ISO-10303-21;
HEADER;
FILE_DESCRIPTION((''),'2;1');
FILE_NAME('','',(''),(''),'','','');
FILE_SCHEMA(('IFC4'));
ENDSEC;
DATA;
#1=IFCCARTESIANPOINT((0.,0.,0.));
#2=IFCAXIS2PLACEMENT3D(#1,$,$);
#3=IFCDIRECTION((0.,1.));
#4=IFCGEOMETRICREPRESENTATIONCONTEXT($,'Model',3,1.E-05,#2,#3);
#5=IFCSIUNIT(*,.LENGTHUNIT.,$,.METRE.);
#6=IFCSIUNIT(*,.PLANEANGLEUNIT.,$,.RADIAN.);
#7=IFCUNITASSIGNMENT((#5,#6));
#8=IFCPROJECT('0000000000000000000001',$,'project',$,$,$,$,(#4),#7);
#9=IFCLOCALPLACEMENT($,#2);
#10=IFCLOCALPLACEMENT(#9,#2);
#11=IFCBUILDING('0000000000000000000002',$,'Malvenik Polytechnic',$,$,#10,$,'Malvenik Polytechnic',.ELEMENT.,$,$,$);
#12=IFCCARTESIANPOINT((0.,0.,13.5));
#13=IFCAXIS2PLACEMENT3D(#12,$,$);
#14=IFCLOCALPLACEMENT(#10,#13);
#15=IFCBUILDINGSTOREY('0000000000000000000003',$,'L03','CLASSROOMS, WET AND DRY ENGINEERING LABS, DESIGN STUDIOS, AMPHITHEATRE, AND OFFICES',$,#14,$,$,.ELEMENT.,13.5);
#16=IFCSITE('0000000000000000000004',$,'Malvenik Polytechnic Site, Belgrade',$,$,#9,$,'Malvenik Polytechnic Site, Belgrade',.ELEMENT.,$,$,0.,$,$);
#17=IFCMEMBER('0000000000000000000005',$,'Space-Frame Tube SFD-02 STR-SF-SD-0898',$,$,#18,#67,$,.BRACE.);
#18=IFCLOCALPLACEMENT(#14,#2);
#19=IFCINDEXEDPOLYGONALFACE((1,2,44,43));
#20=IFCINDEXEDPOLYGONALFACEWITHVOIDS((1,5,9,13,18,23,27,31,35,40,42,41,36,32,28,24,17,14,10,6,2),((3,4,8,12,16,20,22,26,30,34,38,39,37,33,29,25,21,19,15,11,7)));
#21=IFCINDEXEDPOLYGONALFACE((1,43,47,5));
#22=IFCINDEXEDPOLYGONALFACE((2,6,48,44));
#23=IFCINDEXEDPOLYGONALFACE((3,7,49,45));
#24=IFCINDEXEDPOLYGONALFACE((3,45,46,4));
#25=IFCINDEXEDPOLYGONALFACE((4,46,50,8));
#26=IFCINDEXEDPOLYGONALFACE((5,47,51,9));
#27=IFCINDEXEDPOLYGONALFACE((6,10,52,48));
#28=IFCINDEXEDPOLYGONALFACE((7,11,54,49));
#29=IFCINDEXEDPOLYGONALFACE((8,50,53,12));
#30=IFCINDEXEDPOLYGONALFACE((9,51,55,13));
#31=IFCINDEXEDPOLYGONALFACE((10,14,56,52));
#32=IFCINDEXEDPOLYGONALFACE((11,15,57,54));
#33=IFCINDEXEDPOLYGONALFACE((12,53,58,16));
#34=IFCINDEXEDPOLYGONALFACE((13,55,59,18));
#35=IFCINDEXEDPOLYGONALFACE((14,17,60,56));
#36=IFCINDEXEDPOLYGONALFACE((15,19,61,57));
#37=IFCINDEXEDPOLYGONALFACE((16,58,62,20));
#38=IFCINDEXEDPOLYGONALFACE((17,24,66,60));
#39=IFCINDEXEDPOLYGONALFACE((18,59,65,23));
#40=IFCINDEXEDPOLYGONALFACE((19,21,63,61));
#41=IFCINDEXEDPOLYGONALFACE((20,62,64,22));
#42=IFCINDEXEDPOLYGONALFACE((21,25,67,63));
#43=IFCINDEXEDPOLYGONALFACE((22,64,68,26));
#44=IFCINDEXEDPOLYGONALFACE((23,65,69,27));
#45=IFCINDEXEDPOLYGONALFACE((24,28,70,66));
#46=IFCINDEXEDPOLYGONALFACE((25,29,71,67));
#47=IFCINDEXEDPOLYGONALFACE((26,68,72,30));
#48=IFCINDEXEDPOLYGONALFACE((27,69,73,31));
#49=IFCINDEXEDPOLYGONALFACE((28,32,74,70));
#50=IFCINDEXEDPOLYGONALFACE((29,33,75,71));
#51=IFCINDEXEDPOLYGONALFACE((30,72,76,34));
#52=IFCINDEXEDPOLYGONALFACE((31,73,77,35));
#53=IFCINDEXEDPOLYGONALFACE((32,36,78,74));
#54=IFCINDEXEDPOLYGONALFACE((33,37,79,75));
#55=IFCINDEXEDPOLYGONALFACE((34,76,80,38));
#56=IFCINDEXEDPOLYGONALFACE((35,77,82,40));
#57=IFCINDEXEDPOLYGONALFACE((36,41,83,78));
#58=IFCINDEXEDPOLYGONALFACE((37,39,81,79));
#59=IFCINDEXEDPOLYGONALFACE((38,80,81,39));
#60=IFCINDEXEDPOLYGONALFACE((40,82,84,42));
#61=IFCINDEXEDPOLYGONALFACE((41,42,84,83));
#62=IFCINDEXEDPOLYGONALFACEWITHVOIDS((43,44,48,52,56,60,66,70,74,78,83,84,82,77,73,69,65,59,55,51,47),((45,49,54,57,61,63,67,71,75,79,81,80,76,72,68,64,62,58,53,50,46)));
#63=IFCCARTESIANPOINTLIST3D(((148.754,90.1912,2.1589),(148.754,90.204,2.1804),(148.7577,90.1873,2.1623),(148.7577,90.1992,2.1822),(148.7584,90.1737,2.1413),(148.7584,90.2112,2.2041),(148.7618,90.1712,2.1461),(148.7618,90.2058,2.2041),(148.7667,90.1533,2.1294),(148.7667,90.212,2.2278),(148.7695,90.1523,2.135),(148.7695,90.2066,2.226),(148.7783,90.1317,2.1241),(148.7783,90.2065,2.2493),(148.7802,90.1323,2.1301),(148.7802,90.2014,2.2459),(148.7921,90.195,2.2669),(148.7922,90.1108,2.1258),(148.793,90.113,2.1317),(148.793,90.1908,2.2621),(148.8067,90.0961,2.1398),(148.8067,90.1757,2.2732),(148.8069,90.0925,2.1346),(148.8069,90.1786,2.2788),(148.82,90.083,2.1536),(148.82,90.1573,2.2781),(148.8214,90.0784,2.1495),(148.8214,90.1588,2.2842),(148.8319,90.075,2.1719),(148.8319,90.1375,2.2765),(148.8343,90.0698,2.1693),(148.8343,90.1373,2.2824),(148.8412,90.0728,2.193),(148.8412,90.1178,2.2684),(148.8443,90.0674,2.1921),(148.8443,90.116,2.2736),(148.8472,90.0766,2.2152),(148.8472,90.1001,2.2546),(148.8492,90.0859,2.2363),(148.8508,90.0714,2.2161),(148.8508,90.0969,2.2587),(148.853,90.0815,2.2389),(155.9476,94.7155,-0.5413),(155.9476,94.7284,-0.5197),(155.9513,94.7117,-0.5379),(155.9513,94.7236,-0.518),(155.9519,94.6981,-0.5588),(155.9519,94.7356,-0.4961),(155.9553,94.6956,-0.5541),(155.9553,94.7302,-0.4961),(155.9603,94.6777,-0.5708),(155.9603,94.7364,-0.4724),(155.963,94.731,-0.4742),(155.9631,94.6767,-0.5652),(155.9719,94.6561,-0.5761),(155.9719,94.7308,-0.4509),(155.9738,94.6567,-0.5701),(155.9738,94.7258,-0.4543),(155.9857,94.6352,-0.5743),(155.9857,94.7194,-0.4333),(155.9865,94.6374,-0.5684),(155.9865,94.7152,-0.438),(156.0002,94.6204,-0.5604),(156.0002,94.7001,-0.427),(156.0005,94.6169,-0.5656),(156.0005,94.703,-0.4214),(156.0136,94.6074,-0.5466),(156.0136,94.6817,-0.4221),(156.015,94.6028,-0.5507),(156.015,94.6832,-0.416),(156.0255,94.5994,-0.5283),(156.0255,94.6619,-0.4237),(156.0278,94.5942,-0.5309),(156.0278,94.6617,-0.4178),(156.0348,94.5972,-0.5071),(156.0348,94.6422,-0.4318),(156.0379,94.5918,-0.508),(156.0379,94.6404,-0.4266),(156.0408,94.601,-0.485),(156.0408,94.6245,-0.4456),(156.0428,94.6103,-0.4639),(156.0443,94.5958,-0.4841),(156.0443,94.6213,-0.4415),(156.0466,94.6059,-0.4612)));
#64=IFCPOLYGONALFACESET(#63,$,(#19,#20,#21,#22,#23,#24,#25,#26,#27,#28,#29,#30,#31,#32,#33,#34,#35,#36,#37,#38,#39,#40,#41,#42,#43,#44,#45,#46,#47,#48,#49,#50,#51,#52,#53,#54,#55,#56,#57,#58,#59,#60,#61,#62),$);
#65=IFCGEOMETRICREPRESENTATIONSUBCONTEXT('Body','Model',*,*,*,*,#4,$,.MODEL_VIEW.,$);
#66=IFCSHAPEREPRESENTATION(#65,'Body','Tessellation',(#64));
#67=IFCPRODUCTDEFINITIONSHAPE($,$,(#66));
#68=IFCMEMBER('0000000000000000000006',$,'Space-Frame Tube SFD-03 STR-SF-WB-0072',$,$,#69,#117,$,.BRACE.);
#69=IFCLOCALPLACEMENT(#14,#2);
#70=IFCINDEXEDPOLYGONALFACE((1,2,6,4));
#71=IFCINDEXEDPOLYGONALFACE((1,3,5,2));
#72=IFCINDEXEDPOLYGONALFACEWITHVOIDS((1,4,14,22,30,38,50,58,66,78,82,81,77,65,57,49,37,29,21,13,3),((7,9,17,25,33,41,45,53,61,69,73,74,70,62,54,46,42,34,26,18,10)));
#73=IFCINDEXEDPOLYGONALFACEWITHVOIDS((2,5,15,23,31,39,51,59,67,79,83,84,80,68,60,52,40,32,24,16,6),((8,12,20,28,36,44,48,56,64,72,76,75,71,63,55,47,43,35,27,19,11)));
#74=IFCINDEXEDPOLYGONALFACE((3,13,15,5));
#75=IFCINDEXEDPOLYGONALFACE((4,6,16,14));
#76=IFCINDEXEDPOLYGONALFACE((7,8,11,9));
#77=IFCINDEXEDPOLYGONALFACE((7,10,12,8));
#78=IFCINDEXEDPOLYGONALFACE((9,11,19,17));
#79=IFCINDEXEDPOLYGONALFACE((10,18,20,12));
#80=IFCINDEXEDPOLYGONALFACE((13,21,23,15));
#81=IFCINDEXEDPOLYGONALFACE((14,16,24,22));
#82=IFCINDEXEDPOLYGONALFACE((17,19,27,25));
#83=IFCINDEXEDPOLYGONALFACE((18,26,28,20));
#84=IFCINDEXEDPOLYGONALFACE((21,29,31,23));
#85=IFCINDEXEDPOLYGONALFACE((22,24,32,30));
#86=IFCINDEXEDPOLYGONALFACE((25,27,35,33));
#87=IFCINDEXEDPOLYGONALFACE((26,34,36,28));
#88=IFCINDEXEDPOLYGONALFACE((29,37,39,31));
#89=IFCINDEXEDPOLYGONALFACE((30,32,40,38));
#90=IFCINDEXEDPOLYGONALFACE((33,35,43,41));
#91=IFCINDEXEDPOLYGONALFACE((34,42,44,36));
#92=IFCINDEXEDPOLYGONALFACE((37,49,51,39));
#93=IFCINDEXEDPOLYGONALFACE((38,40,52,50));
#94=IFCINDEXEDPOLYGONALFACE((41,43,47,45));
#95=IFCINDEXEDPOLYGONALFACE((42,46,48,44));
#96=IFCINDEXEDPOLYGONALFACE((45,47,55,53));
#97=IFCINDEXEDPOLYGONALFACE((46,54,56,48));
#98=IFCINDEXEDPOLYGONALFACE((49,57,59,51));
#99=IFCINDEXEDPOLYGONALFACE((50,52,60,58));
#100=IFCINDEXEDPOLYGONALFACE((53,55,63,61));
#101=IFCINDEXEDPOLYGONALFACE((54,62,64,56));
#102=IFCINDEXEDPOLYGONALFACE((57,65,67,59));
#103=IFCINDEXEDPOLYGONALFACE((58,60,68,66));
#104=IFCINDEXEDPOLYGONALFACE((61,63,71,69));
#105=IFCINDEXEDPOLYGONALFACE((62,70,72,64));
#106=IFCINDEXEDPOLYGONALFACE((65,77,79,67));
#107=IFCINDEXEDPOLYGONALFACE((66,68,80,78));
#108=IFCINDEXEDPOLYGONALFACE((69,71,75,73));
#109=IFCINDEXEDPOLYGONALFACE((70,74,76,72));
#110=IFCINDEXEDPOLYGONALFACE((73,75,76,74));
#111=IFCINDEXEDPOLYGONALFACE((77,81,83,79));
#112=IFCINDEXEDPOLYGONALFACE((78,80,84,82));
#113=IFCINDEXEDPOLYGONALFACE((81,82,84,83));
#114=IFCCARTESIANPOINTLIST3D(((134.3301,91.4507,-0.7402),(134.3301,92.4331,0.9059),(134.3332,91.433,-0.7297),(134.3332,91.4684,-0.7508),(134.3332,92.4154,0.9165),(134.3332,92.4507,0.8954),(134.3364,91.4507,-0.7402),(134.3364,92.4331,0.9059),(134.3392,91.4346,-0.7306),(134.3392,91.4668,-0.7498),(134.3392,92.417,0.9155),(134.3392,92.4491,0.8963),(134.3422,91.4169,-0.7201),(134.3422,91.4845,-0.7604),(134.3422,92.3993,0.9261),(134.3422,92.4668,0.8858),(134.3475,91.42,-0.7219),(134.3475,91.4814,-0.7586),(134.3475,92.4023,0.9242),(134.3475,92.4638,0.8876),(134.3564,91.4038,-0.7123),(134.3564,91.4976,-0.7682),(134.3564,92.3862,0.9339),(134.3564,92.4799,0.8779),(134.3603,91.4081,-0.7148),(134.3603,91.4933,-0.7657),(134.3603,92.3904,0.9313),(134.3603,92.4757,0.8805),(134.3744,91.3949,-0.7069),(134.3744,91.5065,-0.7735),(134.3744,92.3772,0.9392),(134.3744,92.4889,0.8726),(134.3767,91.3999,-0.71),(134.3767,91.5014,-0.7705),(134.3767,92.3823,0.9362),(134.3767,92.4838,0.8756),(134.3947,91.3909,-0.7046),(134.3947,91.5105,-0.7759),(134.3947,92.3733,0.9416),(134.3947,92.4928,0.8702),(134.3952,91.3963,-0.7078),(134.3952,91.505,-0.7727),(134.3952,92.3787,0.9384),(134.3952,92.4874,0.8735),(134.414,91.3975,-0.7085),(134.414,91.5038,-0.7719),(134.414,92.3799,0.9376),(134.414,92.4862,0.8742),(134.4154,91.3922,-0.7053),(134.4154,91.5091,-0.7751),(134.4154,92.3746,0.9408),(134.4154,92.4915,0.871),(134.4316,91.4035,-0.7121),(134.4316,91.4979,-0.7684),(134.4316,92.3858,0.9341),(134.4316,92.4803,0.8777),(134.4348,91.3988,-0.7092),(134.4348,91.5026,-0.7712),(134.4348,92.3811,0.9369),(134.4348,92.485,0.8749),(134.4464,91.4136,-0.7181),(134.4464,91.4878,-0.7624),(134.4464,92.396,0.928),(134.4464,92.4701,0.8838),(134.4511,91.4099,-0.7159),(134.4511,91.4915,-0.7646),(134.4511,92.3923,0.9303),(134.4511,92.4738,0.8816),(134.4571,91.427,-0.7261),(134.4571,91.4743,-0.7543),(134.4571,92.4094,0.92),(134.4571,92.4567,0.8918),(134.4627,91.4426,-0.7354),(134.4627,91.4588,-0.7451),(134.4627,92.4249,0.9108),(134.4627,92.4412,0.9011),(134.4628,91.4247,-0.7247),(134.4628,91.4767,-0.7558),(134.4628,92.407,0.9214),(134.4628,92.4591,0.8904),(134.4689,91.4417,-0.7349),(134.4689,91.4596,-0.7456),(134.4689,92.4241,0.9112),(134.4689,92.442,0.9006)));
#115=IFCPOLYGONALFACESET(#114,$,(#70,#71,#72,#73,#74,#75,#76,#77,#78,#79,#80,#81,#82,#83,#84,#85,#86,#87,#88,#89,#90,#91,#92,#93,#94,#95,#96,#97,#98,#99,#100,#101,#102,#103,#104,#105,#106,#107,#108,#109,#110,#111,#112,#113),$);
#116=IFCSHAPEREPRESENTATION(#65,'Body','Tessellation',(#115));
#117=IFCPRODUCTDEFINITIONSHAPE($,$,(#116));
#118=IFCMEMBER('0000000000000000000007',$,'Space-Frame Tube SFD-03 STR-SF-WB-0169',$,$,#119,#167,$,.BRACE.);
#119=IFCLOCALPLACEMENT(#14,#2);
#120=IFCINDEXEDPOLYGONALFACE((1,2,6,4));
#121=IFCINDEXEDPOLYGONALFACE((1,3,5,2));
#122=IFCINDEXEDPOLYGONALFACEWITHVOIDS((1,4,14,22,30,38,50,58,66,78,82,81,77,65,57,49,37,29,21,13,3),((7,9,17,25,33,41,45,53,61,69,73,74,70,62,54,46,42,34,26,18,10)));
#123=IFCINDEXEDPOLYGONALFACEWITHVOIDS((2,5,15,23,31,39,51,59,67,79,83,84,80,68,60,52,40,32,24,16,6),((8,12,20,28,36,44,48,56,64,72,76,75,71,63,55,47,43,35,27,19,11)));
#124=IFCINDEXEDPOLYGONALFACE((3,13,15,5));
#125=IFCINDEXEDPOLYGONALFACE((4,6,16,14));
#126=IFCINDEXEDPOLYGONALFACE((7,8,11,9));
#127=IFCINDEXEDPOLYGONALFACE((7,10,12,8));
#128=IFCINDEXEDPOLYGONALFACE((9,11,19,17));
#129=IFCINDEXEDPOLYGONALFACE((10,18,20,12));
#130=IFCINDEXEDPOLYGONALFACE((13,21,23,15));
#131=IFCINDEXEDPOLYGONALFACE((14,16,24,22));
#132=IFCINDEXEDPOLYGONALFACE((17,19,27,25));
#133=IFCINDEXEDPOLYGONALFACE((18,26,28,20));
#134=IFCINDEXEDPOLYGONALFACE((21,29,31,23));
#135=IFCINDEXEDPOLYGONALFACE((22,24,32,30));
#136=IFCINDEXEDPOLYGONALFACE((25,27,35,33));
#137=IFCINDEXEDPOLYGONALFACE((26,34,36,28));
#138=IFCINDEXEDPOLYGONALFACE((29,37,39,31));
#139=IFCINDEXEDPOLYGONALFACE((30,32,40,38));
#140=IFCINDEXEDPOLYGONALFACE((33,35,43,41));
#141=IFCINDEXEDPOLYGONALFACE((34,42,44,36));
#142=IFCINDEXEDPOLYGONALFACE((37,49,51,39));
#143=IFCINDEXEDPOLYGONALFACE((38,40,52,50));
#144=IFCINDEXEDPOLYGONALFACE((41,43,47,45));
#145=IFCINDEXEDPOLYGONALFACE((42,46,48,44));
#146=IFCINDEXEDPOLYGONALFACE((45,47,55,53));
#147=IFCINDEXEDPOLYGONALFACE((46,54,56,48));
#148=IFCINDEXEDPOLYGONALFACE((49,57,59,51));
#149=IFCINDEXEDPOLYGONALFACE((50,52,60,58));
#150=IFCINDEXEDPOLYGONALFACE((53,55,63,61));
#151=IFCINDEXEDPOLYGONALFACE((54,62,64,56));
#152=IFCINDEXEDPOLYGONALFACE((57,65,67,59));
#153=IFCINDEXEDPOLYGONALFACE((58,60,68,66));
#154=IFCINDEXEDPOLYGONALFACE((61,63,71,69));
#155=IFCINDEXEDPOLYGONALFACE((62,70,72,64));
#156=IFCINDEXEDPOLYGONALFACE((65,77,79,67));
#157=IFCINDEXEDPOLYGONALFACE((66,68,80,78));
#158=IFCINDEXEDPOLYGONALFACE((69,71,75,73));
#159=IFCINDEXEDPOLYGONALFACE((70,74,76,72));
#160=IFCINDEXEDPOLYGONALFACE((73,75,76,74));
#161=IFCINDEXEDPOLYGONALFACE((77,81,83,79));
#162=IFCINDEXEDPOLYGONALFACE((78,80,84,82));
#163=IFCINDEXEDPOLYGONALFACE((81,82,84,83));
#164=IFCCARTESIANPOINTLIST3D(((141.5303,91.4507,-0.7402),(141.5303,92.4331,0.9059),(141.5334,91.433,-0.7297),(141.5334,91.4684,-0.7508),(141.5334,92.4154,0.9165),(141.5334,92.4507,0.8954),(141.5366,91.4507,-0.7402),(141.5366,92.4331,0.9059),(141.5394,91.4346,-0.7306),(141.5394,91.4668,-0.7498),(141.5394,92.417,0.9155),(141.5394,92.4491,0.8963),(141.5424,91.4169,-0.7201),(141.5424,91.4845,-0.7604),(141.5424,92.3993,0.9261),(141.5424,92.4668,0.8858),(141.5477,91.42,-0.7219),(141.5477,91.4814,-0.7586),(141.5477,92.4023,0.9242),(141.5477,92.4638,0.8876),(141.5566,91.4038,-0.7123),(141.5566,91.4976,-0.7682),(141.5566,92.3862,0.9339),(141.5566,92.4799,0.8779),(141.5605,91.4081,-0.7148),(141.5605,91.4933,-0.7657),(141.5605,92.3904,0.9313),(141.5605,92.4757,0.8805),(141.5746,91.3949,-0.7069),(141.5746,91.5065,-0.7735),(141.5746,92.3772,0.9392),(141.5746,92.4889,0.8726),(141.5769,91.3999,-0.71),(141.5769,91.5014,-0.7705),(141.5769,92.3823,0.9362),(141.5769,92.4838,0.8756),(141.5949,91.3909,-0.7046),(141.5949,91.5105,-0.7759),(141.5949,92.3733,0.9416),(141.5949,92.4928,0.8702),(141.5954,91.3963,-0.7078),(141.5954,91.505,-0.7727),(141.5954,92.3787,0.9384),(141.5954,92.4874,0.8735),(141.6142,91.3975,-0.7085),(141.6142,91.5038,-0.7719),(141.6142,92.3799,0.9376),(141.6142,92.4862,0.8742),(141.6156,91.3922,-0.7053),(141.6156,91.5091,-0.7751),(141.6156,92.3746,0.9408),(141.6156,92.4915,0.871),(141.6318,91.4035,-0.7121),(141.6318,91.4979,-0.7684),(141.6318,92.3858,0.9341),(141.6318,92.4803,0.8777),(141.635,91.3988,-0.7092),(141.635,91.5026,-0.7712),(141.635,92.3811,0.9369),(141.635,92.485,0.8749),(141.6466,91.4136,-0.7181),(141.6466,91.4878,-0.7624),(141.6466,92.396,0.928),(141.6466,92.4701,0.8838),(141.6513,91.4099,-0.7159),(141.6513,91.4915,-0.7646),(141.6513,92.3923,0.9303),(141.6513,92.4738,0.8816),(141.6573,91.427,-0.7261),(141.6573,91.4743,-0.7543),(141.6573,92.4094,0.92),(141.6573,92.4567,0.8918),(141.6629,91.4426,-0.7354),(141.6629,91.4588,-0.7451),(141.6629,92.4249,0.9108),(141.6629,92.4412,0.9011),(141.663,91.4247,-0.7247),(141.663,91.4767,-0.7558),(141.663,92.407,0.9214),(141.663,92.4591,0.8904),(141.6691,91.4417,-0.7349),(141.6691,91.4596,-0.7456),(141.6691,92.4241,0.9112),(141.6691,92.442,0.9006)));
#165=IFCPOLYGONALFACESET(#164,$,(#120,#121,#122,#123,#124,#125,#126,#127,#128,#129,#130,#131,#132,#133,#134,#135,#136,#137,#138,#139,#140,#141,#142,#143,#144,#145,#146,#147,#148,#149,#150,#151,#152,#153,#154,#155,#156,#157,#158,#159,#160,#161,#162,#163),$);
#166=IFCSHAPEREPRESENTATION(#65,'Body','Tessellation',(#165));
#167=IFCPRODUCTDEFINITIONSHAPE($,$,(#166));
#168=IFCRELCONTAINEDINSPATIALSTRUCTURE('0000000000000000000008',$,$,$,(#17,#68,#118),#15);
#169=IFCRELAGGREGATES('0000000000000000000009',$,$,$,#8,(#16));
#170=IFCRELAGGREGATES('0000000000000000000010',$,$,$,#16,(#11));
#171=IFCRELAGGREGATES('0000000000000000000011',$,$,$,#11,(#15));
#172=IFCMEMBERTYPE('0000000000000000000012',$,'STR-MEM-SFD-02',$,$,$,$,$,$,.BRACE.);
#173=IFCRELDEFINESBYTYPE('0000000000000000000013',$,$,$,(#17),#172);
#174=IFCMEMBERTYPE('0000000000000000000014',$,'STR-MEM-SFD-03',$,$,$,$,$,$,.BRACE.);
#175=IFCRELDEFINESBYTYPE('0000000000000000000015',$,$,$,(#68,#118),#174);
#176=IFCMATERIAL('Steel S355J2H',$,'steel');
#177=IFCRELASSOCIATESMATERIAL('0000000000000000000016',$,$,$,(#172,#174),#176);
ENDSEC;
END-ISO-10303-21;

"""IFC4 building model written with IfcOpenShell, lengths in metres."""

from ifc_helpers import new_model, si_unit, direction, frame, origin, origin_2d, place, context, subcontext, project, spatial, hollow_circle, extrude, material, material_profile, profile_set, type_object, element, save


model = new_model("IFC4")

# Units and contexts
model_context = context("Model", 3, precision=1e-05, world=origin(), true_north=direction((0.0, 1.0)))
body_context = subcontext(model_context, "Body", "Model", "MODEL_VIEW")
ifc_project = project(units=[si_unit("LENGTHUNIT", "METRE"), si_unit("PLANEANGLEUNIT", "RADIAN")], contexts=[model_context])

# Site, building, storey
site_placement = place(None, origin())
site = spatial("IfcSite", under=ifc_project, at=site_placement, Name="Malvenik Polytechnic Site, Belgrade", LongName="Malvenik Polytechnic Site, Belgrade", CompositionType="ELEMENT", RefElevation=0.0)
building_placement = place(site_placement, origin())
building = spatial("IfcBuilding", under=site, at=building_placement, Name="Malvenik Polytechnic", LongName="Malvenik Polytechnic", CompositionType="ELEMENT")
storey_placement = place(building_placement, frame((0.0, 0.0, 13.5)))
storey = spatial("IfcBuildingStorey", under=building, at=storey_placement, Name="L03", Description="CLASSROOMS, WET AND DRY ENGINEERING LABS, DESIGN STUDIOS, AMPHITHEATRE, AND OFFICES", CompositionType="ELEMENT", Elevation=13.5)

# Members
ifc_material_1 = material(Name="Steel S355J2H", Category="steel")
ifc_material_profile_1 = material_profile(ifc_material_1, hollow_circle(Radius=0.0842, WallThickness=0.0063, at=origin_2d()), Name="CHS 168.3x6.3")
ifc_profile_set_1 = profile_set([ifc_material_profile_1], Name="Steel S355J2H")
member_type_1 = type_object("IfcMemberType", Name="STR-MEM-SFD-02", PredefinedType="BRACE", material=ifc_profile_set_1)
member_1_placement = place(storey_placement, frame((148.8032, 90.1399, 2.2041), z_axis=(0.806747, 0.507403, -0.302821), x_axis=(-0.532401, 0.846492, 0.0)))
element("IfcMember", 1, at=member_1_placement, inside=storey, type_object=member_type_1, Name="Space-Frame Tube SFD-02 STR-SF-SD-0898", PredefinedType="BRACE", context=body_context, shape_type="SweptSolid", body=[
    extrude(hollow_circle(Radius=0.0842, WallThickness=0.0063, at=origin_2d()), origin(), (0.0, 0.0, 1.0), 8.9167),
])
ifc_material_profile_2 = material_profile(ifc_material_1, hollow_circle(Radius=0.0698, WallThickness=0.0063, at=origin_2d()), Name="CHS 139.7x6.3")
ifc_profile_set_2 = profile_set([ifc_material_profile_2], Name="Steel S355J2H")
member_type_2 = type_object("IfcMemberType", Name="STR-MEM-SFD-03", PredefinedType="BRACE", material=ifc_profile_set_2)
for number, where, z_axis, x_axis, name in (
    (2, (134.3999, 91.4507, -0.7402), (0.0, 0.512453, 0.858715), (-1.0, 0.0, 0.0), "Space-Frame Tube SFD-03 STR-SF-WB-0072"),
    (3, (141.6001, 91.4507, -0.7402), (0.0, 0.512453, 0.858715), (-1.0, 0.0, 0.0), "Space-Frame Tube SFD-03 STR-SF-WB-0169"),
):
    element("IfcMember", number, at=place(storey_placement, frame(where, z_axis=z_axis, x_axis=x_axis)), inside=storey, type_object=member_type_2, Name=name, PredefinedType="BRACE", context=body_context, shape_type="SweptSolid", body=[
        extrude(hollow_circle(Radius=0.0698, WallThickness=0.0063, at=origin_2d()), origin(), (0.0, 0.0, 1.0), 1.917),
    ])

save(model, "model.ifc")
